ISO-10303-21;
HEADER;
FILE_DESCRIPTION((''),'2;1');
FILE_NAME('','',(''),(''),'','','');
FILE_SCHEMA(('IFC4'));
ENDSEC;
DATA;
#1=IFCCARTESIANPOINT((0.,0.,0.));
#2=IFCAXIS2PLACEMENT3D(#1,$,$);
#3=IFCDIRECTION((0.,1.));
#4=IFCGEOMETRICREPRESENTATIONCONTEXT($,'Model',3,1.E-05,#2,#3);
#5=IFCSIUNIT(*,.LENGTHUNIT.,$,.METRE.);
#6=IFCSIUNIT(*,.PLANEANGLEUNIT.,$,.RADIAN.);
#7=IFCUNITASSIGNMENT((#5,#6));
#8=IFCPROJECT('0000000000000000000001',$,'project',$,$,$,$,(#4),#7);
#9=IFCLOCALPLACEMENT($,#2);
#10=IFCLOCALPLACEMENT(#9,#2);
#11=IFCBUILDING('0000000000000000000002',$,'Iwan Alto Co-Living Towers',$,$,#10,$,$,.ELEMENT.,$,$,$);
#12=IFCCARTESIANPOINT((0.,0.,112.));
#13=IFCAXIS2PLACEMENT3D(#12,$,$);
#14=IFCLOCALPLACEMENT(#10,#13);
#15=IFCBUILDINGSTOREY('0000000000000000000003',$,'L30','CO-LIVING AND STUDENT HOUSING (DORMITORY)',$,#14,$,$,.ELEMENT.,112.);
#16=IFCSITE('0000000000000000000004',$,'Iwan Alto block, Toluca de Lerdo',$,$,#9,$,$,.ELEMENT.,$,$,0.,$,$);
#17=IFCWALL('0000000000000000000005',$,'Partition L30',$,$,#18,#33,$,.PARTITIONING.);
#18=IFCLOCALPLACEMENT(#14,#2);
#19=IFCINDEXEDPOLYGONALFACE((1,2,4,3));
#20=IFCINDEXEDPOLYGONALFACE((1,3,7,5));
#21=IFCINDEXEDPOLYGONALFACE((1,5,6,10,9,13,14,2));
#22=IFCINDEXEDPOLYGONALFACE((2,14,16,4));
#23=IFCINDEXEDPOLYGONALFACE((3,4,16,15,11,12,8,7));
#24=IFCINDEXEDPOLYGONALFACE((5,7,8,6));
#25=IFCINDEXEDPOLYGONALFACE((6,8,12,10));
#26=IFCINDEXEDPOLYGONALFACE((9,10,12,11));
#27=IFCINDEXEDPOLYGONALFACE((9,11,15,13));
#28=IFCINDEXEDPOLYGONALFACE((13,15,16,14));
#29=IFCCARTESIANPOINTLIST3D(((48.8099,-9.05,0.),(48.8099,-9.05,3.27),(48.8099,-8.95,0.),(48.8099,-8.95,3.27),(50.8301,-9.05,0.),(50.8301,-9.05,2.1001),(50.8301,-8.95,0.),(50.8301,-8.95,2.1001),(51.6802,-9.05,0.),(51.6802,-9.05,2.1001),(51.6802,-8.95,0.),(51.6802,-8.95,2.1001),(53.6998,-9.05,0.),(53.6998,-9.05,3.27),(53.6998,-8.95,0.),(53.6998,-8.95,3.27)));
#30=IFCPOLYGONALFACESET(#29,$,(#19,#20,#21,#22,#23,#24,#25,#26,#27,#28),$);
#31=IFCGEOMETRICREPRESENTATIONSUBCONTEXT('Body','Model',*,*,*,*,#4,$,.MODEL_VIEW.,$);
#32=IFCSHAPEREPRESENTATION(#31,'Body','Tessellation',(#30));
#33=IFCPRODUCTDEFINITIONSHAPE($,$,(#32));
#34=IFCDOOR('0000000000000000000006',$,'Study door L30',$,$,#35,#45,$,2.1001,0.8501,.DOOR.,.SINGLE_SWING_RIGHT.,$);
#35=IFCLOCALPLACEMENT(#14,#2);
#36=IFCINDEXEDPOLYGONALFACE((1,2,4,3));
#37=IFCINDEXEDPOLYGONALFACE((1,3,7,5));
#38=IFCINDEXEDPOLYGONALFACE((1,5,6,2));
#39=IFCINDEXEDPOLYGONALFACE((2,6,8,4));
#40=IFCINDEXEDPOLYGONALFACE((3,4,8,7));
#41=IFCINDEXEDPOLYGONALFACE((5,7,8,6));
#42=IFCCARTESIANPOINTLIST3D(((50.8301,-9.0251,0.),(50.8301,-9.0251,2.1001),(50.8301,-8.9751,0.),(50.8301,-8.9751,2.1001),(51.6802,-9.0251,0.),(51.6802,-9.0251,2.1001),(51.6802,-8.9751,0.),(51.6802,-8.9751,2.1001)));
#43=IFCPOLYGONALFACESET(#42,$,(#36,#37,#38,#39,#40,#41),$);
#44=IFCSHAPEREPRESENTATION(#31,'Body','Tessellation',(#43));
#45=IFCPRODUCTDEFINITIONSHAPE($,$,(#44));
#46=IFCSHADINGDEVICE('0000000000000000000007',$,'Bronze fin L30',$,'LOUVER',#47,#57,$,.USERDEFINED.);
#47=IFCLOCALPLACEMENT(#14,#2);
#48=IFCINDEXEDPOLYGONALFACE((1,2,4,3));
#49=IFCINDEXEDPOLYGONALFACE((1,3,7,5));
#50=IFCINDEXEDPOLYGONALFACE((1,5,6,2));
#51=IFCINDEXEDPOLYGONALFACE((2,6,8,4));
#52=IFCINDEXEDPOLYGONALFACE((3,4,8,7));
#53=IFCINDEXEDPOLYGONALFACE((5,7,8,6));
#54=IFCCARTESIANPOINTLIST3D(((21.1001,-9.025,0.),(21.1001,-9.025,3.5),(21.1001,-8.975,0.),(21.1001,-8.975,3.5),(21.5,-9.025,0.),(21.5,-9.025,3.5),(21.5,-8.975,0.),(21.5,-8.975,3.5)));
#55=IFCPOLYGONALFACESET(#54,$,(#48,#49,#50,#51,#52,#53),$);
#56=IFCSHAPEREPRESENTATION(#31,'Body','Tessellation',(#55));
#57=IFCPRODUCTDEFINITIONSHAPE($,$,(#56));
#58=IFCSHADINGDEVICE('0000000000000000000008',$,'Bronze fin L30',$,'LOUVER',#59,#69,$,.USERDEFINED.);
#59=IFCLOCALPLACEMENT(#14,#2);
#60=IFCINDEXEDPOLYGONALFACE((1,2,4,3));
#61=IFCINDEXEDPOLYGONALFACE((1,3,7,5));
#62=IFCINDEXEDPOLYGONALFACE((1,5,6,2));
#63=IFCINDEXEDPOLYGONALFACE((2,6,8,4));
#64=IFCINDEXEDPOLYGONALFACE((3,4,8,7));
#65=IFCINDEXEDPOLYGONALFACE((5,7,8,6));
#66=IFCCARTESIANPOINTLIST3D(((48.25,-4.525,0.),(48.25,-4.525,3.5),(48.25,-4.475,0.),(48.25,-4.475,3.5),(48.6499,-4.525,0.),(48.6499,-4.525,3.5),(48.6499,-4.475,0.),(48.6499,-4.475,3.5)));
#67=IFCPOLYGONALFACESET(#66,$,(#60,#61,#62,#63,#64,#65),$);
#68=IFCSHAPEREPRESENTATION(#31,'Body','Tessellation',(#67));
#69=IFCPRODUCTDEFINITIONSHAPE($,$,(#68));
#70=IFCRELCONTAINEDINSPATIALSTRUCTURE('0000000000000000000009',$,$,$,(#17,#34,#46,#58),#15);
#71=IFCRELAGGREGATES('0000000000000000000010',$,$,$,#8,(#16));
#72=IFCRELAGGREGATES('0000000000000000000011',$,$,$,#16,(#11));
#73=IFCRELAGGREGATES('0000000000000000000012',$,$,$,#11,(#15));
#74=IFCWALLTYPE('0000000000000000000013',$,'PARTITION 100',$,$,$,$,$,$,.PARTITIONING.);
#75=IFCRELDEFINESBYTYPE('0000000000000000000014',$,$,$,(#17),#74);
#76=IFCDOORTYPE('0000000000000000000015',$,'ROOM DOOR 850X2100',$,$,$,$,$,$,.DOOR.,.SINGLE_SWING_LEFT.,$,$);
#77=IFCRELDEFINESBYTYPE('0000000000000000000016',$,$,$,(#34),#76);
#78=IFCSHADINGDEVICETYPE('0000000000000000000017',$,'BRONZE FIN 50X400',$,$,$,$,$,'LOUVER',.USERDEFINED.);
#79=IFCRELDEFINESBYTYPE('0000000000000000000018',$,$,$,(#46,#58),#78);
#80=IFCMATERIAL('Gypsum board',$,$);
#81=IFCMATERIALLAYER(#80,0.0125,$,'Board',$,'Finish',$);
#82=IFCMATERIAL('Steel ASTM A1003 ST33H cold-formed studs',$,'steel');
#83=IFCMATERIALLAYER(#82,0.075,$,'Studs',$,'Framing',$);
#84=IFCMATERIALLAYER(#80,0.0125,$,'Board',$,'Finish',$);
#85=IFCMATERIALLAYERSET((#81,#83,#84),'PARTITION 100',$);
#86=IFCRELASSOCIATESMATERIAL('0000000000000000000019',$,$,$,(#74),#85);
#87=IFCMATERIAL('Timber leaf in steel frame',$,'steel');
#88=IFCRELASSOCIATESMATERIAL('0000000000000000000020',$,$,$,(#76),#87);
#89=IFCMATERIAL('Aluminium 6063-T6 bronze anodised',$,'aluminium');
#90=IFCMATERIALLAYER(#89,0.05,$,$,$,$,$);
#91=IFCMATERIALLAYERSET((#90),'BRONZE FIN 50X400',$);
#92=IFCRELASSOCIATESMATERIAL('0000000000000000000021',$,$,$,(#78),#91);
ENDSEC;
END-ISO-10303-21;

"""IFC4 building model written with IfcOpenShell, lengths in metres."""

from ifc_helpers import new_model, si_unit, direction, frame, frame_2d, origin, origin_2d, place, context, subcontext, project, spatial, rectangle, extrude, material, layer, layer_set, type_object, element, fill, save


model = new_model("IFC4")

# Units and contexts
model_context = context("Model", 3, precision=1e-05, world=origin(), true_north=direction((0.0, 1.0)))
body_context = subcontext(model_context, "Body", "Model", "MODEL_VIEW")
ifc_project = project(units=[si_unit("LENGTHUNIT", "METRE"), si_unit("PLANEANGLEUNIT", "RADIAN")], contexts=[model_context])

# Site, building, storey
site_placement = place(None, origin())
site = spatial("IfcSite", under=ifc_project, at=site_placement, Name="Iwan Alto block, Toluca de Lerdo", CompositionType="ELEMENT", RefElevation=0.0)
building_placement = place(site_placement, origin())
building = spatial("IfcBuilding", under=site, at=building_placement, Name="Iwan Alto Co-Living Towers", CompositionType="ELEMENT")
storey_placement = place(building_placement, frame((0.0, 0.0, 112.0)))
storey = spatial("IfcBuildingStorey", under=building, at=storey_placement, Name="L30", Description="CO-LIVING AND STUDENT HOUSING (DORMITORY)", CompositionType="ELEMENT", Elevation=112.0)

# Wall, opening, door
ifc_material_1 = material(Name="Gypsum board")
ifc_layer_1 = layer(ifc_material_1, 0.0125, Name="Board", Category="Finish")
ifc_material_2 = material(Name="Steel ASTM A1003 ST33H cold-formed studs", Category="steel")
ifc_layer_2 = layer(ifc_material_2, 0.075, Name="Studs", Category="Framing")
ifc_layer_3 = layer(ifc_material_1, 0.0125, Name="Board", Category="Finish")
ifc_layer_set_1 = layer_set([ifc_layer_1, ifc_layer_2, ifc_layer_3], Name="PARTITION 100")
wall_type = type_object("IfcWallType", Name="PARTITION 100", PredefinedType="PARTITIONING", material=ifc_layer_set_1)
wall_placement = place(storey_placement, frame((48.8101, -9.0, 0.0), z_axis=(0.0, 0.0, 1.0), x_axis=(1.0, 0.0, 0.0)))
wall = element("IfcWall", 1, at=wall_placement, inside=storey, type_object=wall_type, Name="Partition L30", PredefinedType="PARTITIONING", context=body_context, shape_type="SweptSolid", body=[
    extrude(rectangle(XDim=4.8899, YDim=0.1001, at=frame_2d((2.4448, 0.0))), origin(), (0.0, 0.0, 1.0), 3.27),
])
opening_placement = place(wall_placement, frame((2.02, 0.0, 0.0)))
opening = element("IfcOpeningElement", 2, at=opening_placement, cuts=wall, PredefinedType="OPENING", context=body_context, shape_type="SweptSolid", body=[
    extrude(rectangle(XDim=0.8501, YDim=2.1001, at=frame_2d((0.425, 1.05))), frame((0.0, 0.0601, 0.0), z_axis=(0.0, -1.0, 0.0), x_axis=(1.0, 0.0, 0.0)), (0.0, 0.0, 1.0), 0.1201),
])
ifc_material_3 = material(Name="Timber leaf in steel frame", Category="steel")
door_type = type_object("IfcDoorType", Name="ROOM DOOR 850X2100", OperationType="SINGLE_SWING_LEFT", PredefinedType="DOOR", material=ifc_material_3)
door_placement = place(opening_placement, origin())
door = element("IfcDoor", 3, at=door_placement, inside=storey, type_object=door_type, Name="Study door L30", OperationType="SINGLE_SWING_RIGHT", OverallHeight=2.1001, OverallWidth=0.8501, PredefinedType="DOOR", context=body_context, shape_type="SweptSolid", body=[
    extrude(rectangle(XDim=0.8501, YDim=2.1001, at=frame_2d((0.425, 1.05))), frame((0.0, 0.0249, 0.0), z_axis=(0.0, -1.0, 0.0), x_axis=(1.0, 0.0, 0.0)), (0.0, 0.0, 1.0), 0.05),
])
fill(opening, door)

# Shading devices
ifc_material_4 = material(Name="Aluminium 6063-T6 bronze anodised", Category="aluminium")
ifc_layer_4 = layer(ifc_material_4, 0.05)
ifc_layer_set_2 = layer_set([ifc_layer_4], Name="BRONZE FIN 50X400")
shading_device_type = type_object("IfcShadingDeviceType", Name="BRONZE FIN 50X400", ElementType="LOUVER", PredefinedType="USERDEFINED", material=ifc_layer_set_2)
for number, where, z_axis, x_axis, name in (
    (4, (21.3, -9.0, 0.0), (0.0, 0.0, 1.0), (0.0, 1.0, 0.0), "Bronze fin L30"),
    (5, (48.45, -4.5, 0.0), (0.0, 0.0, 1.0), (0.0, -1.0, 0.0), "Bronze fin L30"),
):
    element("IfcShadingDevice", number, at=place(storey_placement, frame(where, z_axis=z_axis, x_axis=x_axis)), inside=storey, type_object=shading_device_type, Name=name, ObjectType="LOUVER", PredefinedType="USERDEFINED", context=body_context, shape_type="SweptSolid", body=[
        extrude(rectangle(XDim=0.05, YDim=0.3999, at=origin_2d()), origin(), (0.0, 0.0, 1.0), 3.5),
    ])

save(model, "model.ifc")
